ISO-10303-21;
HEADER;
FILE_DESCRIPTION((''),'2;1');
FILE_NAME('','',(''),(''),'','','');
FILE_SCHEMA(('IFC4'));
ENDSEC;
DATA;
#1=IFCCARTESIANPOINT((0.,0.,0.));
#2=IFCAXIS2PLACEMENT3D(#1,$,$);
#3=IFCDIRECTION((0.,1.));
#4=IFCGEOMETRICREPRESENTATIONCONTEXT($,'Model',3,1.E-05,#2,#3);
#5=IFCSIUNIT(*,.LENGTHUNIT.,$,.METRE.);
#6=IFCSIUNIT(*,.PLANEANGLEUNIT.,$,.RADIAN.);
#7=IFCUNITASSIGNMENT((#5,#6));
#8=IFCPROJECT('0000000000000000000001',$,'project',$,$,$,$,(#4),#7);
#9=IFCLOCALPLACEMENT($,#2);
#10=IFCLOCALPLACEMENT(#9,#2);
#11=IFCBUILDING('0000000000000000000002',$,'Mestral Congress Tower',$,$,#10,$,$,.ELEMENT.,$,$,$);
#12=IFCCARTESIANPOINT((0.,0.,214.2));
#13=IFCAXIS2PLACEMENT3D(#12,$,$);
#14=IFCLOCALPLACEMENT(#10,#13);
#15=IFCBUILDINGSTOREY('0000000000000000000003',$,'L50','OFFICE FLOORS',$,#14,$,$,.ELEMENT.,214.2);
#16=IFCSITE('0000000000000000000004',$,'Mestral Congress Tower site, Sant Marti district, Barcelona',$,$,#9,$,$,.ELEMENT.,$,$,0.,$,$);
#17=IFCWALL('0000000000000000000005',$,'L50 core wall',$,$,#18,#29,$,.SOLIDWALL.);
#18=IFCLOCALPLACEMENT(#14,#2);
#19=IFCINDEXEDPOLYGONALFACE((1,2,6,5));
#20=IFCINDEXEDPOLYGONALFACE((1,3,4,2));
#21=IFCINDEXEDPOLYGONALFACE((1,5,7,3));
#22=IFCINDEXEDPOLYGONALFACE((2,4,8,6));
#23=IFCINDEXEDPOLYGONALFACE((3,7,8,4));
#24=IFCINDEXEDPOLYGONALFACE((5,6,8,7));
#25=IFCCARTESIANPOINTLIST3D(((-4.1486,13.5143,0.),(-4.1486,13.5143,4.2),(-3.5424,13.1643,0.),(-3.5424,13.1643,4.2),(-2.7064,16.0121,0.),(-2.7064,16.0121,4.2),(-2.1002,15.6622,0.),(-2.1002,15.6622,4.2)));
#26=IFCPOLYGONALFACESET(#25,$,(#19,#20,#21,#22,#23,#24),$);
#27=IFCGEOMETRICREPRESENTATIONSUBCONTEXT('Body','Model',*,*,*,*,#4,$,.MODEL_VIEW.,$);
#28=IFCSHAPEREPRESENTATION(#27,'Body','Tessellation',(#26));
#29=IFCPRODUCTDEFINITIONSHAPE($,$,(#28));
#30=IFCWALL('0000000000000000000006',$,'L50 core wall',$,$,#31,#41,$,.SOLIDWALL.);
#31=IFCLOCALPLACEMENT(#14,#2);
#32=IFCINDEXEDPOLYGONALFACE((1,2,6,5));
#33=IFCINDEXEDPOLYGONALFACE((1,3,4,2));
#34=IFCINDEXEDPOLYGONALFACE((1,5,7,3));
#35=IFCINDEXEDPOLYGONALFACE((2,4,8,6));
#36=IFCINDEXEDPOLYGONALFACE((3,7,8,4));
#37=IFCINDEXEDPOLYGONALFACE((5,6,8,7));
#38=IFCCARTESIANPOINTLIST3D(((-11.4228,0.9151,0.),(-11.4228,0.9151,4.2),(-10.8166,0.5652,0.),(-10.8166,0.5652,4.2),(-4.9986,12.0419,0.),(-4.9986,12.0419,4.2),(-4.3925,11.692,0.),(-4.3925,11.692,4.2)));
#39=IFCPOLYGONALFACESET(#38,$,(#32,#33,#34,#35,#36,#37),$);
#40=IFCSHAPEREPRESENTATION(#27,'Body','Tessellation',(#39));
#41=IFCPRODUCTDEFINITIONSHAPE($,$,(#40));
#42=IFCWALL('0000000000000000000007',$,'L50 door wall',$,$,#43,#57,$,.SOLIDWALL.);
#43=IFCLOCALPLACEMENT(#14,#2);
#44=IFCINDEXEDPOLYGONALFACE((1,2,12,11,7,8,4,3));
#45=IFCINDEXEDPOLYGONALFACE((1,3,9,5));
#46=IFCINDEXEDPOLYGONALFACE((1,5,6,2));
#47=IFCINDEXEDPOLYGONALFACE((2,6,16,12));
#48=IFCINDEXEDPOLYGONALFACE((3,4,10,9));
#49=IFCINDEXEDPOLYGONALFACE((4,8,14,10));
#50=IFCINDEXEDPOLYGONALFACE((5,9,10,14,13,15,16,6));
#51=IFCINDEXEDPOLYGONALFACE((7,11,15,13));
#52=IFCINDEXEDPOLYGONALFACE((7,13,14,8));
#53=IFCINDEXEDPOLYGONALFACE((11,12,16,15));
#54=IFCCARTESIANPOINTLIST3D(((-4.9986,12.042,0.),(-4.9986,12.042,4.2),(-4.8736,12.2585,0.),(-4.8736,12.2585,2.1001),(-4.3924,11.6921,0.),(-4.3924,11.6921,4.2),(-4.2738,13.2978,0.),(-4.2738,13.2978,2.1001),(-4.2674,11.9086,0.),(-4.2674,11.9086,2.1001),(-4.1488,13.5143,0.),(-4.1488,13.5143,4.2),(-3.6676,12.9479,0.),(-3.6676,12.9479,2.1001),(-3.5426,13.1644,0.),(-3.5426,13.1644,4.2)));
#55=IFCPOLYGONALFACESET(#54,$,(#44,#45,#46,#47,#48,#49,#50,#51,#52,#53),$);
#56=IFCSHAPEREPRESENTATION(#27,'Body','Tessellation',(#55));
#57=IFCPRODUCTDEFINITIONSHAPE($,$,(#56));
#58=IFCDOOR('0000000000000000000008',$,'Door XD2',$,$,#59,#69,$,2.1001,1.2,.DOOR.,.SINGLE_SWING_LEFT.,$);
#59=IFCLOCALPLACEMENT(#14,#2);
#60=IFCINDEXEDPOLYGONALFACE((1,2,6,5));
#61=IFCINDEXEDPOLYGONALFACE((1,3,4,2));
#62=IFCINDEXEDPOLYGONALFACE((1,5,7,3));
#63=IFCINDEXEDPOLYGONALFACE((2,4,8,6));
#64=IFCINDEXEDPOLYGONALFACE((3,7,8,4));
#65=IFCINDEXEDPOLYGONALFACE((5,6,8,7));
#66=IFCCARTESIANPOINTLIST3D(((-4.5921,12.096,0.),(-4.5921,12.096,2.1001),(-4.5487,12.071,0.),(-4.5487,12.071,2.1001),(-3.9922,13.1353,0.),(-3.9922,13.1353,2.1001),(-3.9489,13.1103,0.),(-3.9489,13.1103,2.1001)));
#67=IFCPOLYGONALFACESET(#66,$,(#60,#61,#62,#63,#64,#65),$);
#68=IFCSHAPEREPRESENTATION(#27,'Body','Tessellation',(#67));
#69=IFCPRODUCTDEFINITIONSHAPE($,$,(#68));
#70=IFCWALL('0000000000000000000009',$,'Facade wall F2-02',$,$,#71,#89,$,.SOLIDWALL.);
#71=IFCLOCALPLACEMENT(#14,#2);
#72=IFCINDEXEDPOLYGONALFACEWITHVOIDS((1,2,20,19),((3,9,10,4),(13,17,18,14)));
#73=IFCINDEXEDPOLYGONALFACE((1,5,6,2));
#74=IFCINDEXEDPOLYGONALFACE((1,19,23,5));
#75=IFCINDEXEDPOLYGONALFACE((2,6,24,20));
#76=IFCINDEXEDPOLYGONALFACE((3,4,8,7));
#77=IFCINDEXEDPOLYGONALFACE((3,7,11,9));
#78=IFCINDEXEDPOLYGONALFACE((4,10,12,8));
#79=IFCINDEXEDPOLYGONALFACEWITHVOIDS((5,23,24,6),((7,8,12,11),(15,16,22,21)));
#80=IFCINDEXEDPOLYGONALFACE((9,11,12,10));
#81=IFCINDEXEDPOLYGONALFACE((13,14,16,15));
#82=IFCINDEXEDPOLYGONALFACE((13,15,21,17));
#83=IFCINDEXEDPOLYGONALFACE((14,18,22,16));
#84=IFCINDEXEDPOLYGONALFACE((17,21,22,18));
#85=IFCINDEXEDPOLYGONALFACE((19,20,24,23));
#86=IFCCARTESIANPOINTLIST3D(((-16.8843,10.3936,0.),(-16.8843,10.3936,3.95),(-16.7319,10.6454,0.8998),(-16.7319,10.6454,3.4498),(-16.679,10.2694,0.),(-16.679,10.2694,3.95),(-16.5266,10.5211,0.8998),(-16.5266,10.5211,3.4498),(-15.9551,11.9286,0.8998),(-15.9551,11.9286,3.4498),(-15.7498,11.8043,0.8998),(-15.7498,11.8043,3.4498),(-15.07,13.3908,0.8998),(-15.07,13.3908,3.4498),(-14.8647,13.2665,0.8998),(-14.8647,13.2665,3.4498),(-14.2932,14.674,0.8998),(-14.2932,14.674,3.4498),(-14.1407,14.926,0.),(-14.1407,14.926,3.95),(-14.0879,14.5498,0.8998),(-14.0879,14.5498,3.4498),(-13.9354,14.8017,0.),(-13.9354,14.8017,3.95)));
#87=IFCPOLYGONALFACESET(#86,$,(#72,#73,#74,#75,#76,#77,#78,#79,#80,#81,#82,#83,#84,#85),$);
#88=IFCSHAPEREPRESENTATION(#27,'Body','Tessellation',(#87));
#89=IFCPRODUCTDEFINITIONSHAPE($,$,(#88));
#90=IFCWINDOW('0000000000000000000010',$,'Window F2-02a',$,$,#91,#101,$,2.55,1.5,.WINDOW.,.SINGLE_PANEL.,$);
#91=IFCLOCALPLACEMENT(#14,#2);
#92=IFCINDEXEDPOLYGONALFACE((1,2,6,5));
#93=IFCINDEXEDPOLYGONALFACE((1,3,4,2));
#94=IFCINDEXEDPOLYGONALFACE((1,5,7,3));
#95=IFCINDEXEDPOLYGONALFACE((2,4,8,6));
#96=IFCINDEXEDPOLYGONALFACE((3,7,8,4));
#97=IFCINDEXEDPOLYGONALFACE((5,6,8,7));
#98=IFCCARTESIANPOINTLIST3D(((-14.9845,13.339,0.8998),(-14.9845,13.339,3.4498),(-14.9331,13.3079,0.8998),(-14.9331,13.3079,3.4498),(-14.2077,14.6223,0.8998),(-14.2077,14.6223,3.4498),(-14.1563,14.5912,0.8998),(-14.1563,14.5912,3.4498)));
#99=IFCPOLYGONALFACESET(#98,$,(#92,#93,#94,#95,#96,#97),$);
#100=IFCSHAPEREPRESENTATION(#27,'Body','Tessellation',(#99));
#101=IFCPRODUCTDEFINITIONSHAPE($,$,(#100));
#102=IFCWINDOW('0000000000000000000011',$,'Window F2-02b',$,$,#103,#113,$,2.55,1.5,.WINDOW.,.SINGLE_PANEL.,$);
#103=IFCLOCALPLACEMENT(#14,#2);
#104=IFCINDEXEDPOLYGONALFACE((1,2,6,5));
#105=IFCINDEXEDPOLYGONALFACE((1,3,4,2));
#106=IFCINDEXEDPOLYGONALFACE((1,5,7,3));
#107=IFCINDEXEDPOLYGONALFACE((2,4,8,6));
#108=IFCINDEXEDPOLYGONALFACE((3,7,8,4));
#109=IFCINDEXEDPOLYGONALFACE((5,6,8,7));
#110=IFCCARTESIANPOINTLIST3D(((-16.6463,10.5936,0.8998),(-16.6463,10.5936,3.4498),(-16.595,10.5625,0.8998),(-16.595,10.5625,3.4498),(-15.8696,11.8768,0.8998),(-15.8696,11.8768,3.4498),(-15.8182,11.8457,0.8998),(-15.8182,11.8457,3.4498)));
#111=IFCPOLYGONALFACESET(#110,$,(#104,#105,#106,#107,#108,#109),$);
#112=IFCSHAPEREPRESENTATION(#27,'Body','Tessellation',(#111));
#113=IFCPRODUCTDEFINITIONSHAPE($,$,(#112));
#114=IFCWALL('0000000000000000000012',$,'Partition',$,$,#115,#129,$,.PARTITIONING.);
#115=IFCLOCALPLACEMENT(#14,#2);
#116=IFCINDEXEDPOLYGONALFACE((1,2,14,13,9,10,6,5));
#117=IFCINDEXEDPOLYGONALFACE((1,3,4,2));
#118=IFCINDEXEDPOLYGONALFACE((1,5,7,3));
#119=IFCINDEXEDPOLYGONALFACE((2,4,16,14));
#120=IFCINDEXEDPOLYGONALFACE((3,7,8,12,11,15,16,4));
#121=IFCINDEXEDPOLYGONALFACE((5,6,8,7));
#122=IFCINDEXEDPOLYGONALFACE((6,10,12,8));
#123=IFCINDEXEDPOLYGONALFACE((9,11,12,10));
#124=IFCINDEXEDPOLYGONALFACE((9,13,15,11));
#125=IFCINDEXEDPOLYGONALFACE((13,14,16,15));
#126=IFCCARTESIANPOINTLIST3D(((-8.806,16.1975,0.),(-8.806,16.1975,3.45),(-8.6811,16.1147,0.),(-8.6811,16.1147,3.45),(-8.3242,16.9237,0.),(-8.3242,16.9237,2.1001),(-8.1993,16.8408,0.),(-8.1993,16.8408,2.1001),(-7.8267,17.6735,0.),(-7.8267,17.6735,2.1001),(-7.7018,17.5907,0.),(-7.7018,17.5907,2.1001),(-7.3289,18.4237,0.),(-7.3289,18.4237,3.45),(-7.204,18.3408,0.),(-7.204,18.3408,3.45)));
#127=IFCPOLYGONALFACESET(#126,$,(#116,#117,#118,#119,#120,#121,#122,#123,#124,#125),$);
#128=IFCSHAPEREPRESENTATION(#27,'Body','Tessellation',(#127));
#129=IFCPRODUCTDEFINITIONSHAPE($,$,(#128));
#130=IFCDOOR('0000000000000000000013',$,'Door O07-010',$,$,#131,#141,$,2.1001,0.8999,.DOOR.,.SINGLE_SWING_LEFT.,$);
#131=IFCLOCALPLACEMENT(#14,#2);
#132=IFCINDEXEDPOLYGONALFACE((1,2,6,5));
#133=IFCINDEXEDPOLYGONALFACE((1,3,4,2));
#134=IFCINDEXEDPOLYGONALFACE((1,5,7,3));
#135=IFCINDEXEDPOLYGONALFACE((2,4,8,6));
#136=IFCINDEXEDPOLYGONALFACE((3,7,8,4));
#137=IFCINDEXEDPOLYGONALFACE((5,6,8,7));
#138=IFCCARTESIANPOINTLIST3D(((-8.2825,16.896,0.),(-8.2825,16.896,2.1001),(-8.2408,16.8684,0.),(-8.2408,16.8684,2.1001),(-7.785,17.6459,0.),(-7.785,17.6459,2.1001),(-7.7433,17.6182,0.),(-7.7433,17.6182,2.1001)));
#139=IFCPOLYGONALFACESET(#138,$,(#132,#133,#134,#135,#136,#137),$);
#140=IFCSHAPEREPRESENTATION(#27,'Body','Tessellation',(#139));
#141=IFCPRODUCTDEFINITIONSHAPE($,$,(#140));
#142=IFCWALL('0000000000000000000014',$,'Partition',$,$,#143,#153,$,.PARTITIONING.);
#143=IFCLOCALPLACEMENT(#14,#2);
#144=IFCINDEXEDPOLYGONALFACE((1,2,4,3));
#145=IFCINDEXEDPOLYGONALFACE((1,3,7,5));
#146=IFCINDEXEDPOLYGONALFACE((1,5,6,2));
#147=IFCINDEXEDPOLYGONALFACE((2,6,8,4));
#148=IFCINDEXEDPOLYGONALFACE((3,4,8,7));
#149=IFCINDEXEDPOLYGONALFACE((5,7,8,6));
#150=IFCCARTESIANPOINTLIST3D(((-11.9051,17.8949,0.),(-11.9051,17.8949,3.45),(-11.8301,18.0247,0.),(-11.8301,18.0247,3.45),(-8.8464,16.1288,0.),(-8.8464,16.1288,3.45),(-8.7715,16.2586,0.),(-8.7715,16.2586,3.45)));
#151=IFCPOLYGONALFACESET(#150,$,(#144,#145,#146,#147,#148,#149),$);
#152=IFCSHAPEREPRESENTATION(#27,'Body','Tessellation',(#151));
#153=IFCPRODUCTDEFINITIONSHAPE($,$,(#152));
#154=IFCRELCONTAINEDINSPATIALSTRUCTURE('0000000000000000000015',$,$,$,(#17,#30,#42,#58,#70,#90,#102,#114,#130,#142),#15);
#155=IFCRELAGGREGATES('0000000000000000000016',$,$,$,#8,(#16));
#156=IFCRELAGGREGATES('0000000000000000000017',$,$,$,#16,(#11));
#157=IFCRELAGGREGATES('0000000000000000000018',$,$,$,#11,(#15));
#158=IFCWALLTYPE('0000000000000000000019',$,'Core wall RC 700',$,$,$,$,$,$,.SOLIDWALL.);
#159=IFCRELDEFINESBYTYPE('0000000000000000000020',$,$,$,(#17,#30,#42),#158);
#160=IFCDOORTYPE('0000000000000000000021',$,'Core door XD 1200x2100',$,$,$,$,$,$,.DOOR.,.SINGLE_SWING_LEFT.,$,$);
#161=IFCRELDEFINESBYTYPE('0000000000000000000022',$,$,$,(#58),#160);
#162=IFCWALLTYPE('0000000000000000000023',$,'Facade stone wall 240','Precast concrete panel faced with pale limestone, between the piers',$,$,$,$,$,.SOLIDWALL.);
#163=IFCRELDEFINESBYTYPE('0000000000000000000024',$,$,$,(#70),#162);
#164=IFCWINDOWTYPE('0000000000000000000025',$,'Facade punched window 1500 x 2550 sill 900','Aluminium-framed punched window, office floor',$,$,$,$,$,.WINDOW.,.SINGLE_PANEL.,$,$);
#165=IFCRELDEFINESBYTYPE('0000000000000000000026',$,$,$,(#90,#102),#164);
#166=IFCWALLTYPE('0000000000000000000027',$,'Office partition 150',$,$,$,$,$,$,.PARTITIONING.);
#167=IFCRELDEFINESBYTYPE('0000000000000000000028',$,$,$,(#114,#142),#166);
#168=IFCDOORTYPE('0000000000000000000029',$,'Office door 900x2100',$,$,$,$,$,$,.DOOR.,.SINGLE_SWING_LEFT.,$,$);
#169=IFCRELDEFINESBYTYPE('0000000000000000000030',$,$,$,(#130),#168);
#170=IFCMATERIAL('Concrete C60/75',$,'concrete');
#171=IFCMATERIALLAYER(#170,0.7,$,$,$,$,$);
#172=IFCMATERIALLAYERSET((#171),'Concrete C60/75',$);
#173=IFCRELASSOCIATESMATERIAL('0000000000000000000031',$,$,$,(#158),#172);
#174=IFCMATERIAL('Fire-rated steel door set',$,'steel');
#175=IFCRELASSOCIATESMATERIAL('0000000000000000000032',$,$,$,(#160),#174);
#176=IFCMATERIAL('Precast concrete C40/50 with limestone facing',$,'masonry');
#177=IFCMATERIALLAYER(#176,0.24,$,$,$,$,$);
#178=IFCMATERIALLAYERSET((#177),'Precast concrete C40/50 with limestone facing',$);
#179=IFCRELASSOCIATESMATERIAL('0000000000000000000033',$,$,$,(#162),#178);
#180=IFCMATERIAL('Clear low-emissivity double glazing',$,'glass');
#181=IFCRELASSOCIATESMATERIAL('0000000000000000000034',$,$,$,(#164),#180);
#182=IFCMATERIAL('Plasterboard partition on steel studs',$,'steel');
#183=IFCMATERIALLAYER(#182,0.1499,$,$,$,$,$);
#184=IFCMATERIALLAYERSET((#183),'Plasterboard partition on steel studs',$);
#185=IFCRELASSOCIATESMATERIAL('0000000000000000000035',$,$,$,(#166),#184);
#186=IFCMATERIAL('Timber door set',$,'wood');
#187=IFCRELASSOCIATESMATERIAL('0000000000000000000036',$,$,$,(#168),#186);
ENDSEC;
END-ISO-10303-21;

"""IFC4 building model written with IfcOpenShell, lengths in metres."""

from ifc_helpers import new_model, si_unit, direction, frame, frame_2d, origin, place, context, subcontext, project, spatial, rectangle, extrude, material, layer, layer_set, type_object, element, fill, save


model = new_model("IFC4")

# Units and contexts
model_context = context("Model", 3, precision=1e-05, world=origin(), true_north=direction((0.0, 1.0)))
body_context = subcontext(model_context, "Body", "Model", "MODEL_VIEW")
ifc_project = project(units=[si_unit("LENGTHUNIT", "METRE"), si_unit("PLANEANGLEUNIT", "RADIAN")], contexts=[model_context])

# Site, building, storey
site_placement = place(None, origin())
site = spatial("IfcSite", under=ifc_project, at=site_placement, Name="Mestral Congress Tower site, Sant Marti district, Barcelona", CompositionType="ELEMENT", RefElevation=0.0)
building_placement = place(site_placement, origin())
building = spatial("IfcBuilding", under=site, at=building_placement, Name="Mestral Congress Tower", CompositionType="ELEMENT")
storey_placement = place(building_placement, frame((0.0, 0.0, 214.2)))
storey = spatial("IfcBuildingStorey", under=building, at=storey_placement, Name="L50", Description="OFFICE FLOORS", CompositionType="ELEMENT", Elevation=214.2)

# Shared definitions
ifc_material_1 = material(Name="Concrete C60/75", Category="concrete")

# Walls
ifc_layer_1 = layer(ifc_material_1, 0.7)
ifc_layer_set_1 = layer_set([ifc_layer_1], Name="Concrete C60/75")
wall_type_1 = type_object("IfcWallType", Name="Core wall RC 700", PredefinedType="SOLIDWALL", material=ifc_layer_set_1)
wall_1_placement = place(storey_placement, frame((-2.4033, 15.8372, 0.0), z_axis=(0.0, 0.0, 1.0), x_axis=(-0.500008, -0.866021, 0.0)))
element("IfcWall", 1, at=wall_1_placement, inside=storey, type_object=wall_type_1, Name="L50 core wall", PredefinedType="SOLIDWALL", context=body_context, shape_type="SweptSolid", body=[
    extrude(rectangle(XDim=2.8843, YDim=0.7, at=frame_2d((1.4421, 0.0))), origin(), (0.0, 0.0, 1.0), 4.2),
])
wall_2_placement = place(storey_placement, frame((-4.6956, 11.8669, 0.0), z_axis=(0.0, 0.0, 1.0), x_axis=(-0.500004, -0.866023, 0.0)))
element("IfcWall", 2, at=wall_2_placement, inside=storey, type_object=wall_type_1, Name="L50 core wall", PredefinedType="SOLIDWALL", context=body_context, shape_type="SweptSolid", body=[
    extrude(rectangle(XDim=12.8481, YDim=0.7, at=frame_2d((6.4241, 0.0))), origin(), (0.0, 0.0, 1.0), 4.2),
])

# Wall, opening, door
wall_3_placement = place(storey_placement, frame((-4.6956, 11.8669, 0.0), z_axis=(0.0, 0.0, 1.0), x_axis=(0.499892, 0.866088, 0.0)))
wall_3 = element("IfcWall", 3, at=wall_3_placement, inside=storey, type_object=wall_type_1, Name="L50 door wall", PredefinedType="SOLIDWALL", context=body_context, shape_type="SweptSolid", body=[
    extrude(rectangle(XDim=1.7, YDim=0.7, at=frame_2d((0.8501, 0.0))), origin(), (0.0, 0.0, 1.0), 4.2),
])
opening_1_placement = place(wall_3_placement, frame((0.25, 0.0, 0.0)))
opening_1 = element("IfcOpeningElement", 4, at=opening_1_placement, cuts=wall_3, PredefinedType="OPENING", context=body_context, shape_type="SweptSolid", body=[
    extrude(rectangle(XDim=1.2, YDim=2.1001, at=frame_2d((0.6001, 1.05))), frame((0.0, 0.3599, 0.0), z_axis=(0.0, -1.0, 0.0), x_axis=(1.0, 0.0, 0.0)), (0.0, 0.0, 1.0), 0.72),
])
ifc_material_2 = material(Name="Fire-rated steel door set", Category="steel")
door_type_1 = type_object("IfcDoorType", Name="Core door XD 1200x2100", OperationType="SINGLE_SWING_LEFT", PredefinedType="DOOR", material=ifc_material_2)
door_1_placement = place(opening_1_placement, origin())
door_1 = element("IfcDoor", 5, at=door_1_placement, inside=storey, type_object=door_type_1, Name="Door XD2", OperationType="SINGLE_SWING_LEFT", OverallHeight=2.1001, OverallWidth=1.2, PredefinedType="DOOR", context=body_context, shape_type="SweptSolid", body=[
    extrude(rectangle(XDim=1.2, YDim=2.1001, at=frame_2d((0.6001, 1.05))), frame((0.0, 0.0249, 0.0), z_axis=(0.0, -1.0, 0.0), x_axis=(1.0, 0.0, 0.0)), (0.0, 0.0, 1.0), 0.05),
])
fill(opening_1, door_1)

# Wall, openings, windows
ifc_material_3 = material(Name="Precast concrete C40/50 with limestone facing", Category="masonry")
ifc_layer_2 = layer(ifc_material_3, 0.24)
ifc_layer_set_2 = layer_set([ifc_layer_2], Name="Precast concrete C40/50 with limestone facing")
wall_type_2 = type_object("IfcWallType", Name="Facade stone wall 240", Description="Precast concrete panel faced with pale limestone, between the piers", PredefinedType="SOLIDWALL", material=ifc_layer_set_2)
wall_4_placement = place(storey_placement, frame((-14.0381, 14.8638, 0.0), z_axis=(0.0, 0.0, 1.0), x_axis=(-0.517846, -0.855474, 0.0)))
wall_4 = element("IfcWall", 6, at=wall_4_placement, inside=storey, type_object=wall_type_2, Name="Facade wall F2-02", PredefinedType="SOLIDWALL", context=body_context, shape_type="SweptSolid", body=[
    extrude(rectangle(XDim=5.2981, YDim=0.24, at=frame_2d((2.6489, 0.0))), origin(), (0.0, 0.0, 1.0), 3.95),
])
opening_2_placement = place(wall_4_placement, frame((0.2944, 0.0, 0.8999)))
opening_2 = element("IfcOpeningElement", 7, at=opening_2_placement, cuts=wall_4, PredefinedType="OPENING", context=body_context, shape_type="SweptSolid", body=[
    extrude(rectangle(XDim=1.5, YDim=2.55, at=frame_2d((0.75, 1.2749))), frame((0.0, 0.1299, 0.0), z_axis=(0.0, -1.0, 0.0), x_axis=(1.0, 0.0, 0.0)), (0.0, 0.0, 1.0), 0.26),
])
opening_3_placement = place(wall_4_placement, frame((3.5037, 0.0, 0.8999)))
opening_3 = element("IfcOpeningElement", 8, at=opening_3_placement, cuts=wall_4, PredefinedType="OPENING", context=body_context, shape_type="SweptSolid", body=[
    extrude(rectangle(XDim=1.5, YDim=2.55, at=frame_2d((0.75, 1.2749))), frame((0.0, 0.1299, 0.0), z_axis=(0.0, -1.0, 0.0), x_axis=(1.0, 0.0, 0.0)), (0.0, 0.0, 1.0), 0.26),
])
ifc_material_4 = material(Name="Clear low-emissivity double glazing", Category="glass")
window_type = type_object("IfcWindowType", Name="Facade punched window 1500 x 2550 sill 900", Description="Aluminium-framed punched window, office floor", PartitioningType="SINGLE_PANEL", PredefinedType="WINDOW", material=ifc_material_4)
window_1_placement = place(opening_2_placement, origin())
window_1 = element("IfcWindow", 9, at=window_1_placement, inside=storey, type_object=window_type, Name="Window F2-02a", OverallHeight=2.55, OverallWidth=1.5, PartitioningType="SINGLE_PANEL", PredefinedType="WINDOW", context=body_context, shape_type="SweptSolid", body=[
    extrude(rectangle(XDim=1.5, YDim=2.55, at=frame_2d((0.75, 1.2749))), frame((0.0, 0.04, 0.0), z_axis=(0.0, -1.0, 0.0), x_axis=(1.0, 0.0, 0.0)), (0.0, 0.0, 1.0), 0.0601),
])
fill(opening_2, window_1)
window_2_placement = place(opening_3_placement, origin())
window_2 = element("IfcWindow", 10, at=window_2_placement, inside=storey, type_object=window_type, Name="Window F2-02b", OverallHeight=2.55, OverallWidth=1.5, PartitioningType="SINGLE_PANEL", PredefinedType="WINDOW", context=body_context, shape_type="SweptSolid", body=[
    extrude(rectangle(XDim=1.5, YDim=2.55, at=frame_2d((0.75, 1.2749))), frame((0.0, 0.04, 0.0), z_axis=(0.0, -1.0, 0.0), x_axis=(1.0, 0.0, 0.0)), (0.0, 0.0, 1.0), 0.0601),
])
fill(opening_3, window_2)

# Wall, opening, door
ifc_material_5 = material(Name="Plasterboard partition on steel studs", Category="steel")
ifc_layer_3 = layer(ifc_material_5, 0.1499)
ifc_layer_set_3 = layer_set([ifc_layer_3], Name="Plasterboard partition on steel studs")
wall_type_3 = type_object("IfcWallType", Name="Office partition 150", PredefinedType="PARTITIONING", material=ifc_layer_set_3)
wall_5_placement = place(storey_placement, frame((-8.7437, 16.156, 0.0), z_axis=(0.0, 0.0, 1.0), x_axis=(0.552885, 0.833257, 0.0)))
wall_5 = element("IfcWall", 11, at=wall_5_placement, inside=storey, type_object=wall_type_3, Name="Partition", PredefinedType="PARTITIONING", context=body_context, shape_type="SweptSolid", body=[
    extrude(rectangle(XDim=2.6716, YDim=0.1499, at=frame_2d((1.3359, 0.0))), origin(), (0.0, 0.0, 1.0), 3.45),
])
opening_4_placement = place(wall_5_placement, frame((0.8716, 0.0, 0.0)))
opening_4 = element("IfcOpeningElement", 12, at=opening_4_placement, cuts=wall_5, PredefinedType="OPENING", context=body_context, shape_type="SweptSolid", body=[
    extrude(rectangle(XDim=0.8999, YDim=2.1001, at=frame_2d((0.45, 1.05))), frame((0.0, 0.085, 0.0), z_axis=(0.0, -1.0, 0.0), x_axis=(1.0, 0.0, 0.0)), (0.0, 0.0, 1.0), 0.1699),
])
ifc_material_6 = material(Name="Timber door set", Category="wood")
door_type_2 = type_object("IfcDoorType", Name="Office door 900x2100", OperationType="SINGLE_SWING_LEFT", PredefinedType="DOOR", material=ifc_material_6)
door_2_placement = place(opening_4_placement, origin())
door_2 = element("IfcDoor", 13, at=door_2_placement, inside=storey, type_object=door_type_2, Name="Door O07-010", OperationType="SINGLE_SWING_LEFT", OverallHeight=2.1001, OverallWidth=0.8999, PredefinedType="DOOR", context=body_context, shape_type="SweptSolid", body=[
    extrude(rectangle(XDim=0.8999, YDim=2.1001, at=frame_2d((0.45, 1.05))), frame((0.0, 0.0249, 0.0), z_axis=(0.0, -1.0, 0.0), x_axis=(1.0, 0.0, 0.0)), (0.0, 0.0, 1.0), 0.05),
])
fill(opening_4, door_2)

# Wall
wall_6_placement = place(storey_placement, frame((-8.8088, 16.1936, 0.0), z_axis=(0.0, 0.0, 1.0), x_axis=(-0.865997, 0.50005, 0.0)))
element("IfcWall", 14, at=wall_6_placement, inside=storey, type_object=wall_type_3, Name="Partition", PredefinedType="PARTITIONING", context=body_context, shape_type="SweptSolid", body=[
    extrude(rectangle(XDim=3.532, YDim=0.1499, at=frame_2d((1.7661, 0.0))), origin(), (0.0, 0.0, 1.0), 3.45),
])

save(model, "model.ifc")
